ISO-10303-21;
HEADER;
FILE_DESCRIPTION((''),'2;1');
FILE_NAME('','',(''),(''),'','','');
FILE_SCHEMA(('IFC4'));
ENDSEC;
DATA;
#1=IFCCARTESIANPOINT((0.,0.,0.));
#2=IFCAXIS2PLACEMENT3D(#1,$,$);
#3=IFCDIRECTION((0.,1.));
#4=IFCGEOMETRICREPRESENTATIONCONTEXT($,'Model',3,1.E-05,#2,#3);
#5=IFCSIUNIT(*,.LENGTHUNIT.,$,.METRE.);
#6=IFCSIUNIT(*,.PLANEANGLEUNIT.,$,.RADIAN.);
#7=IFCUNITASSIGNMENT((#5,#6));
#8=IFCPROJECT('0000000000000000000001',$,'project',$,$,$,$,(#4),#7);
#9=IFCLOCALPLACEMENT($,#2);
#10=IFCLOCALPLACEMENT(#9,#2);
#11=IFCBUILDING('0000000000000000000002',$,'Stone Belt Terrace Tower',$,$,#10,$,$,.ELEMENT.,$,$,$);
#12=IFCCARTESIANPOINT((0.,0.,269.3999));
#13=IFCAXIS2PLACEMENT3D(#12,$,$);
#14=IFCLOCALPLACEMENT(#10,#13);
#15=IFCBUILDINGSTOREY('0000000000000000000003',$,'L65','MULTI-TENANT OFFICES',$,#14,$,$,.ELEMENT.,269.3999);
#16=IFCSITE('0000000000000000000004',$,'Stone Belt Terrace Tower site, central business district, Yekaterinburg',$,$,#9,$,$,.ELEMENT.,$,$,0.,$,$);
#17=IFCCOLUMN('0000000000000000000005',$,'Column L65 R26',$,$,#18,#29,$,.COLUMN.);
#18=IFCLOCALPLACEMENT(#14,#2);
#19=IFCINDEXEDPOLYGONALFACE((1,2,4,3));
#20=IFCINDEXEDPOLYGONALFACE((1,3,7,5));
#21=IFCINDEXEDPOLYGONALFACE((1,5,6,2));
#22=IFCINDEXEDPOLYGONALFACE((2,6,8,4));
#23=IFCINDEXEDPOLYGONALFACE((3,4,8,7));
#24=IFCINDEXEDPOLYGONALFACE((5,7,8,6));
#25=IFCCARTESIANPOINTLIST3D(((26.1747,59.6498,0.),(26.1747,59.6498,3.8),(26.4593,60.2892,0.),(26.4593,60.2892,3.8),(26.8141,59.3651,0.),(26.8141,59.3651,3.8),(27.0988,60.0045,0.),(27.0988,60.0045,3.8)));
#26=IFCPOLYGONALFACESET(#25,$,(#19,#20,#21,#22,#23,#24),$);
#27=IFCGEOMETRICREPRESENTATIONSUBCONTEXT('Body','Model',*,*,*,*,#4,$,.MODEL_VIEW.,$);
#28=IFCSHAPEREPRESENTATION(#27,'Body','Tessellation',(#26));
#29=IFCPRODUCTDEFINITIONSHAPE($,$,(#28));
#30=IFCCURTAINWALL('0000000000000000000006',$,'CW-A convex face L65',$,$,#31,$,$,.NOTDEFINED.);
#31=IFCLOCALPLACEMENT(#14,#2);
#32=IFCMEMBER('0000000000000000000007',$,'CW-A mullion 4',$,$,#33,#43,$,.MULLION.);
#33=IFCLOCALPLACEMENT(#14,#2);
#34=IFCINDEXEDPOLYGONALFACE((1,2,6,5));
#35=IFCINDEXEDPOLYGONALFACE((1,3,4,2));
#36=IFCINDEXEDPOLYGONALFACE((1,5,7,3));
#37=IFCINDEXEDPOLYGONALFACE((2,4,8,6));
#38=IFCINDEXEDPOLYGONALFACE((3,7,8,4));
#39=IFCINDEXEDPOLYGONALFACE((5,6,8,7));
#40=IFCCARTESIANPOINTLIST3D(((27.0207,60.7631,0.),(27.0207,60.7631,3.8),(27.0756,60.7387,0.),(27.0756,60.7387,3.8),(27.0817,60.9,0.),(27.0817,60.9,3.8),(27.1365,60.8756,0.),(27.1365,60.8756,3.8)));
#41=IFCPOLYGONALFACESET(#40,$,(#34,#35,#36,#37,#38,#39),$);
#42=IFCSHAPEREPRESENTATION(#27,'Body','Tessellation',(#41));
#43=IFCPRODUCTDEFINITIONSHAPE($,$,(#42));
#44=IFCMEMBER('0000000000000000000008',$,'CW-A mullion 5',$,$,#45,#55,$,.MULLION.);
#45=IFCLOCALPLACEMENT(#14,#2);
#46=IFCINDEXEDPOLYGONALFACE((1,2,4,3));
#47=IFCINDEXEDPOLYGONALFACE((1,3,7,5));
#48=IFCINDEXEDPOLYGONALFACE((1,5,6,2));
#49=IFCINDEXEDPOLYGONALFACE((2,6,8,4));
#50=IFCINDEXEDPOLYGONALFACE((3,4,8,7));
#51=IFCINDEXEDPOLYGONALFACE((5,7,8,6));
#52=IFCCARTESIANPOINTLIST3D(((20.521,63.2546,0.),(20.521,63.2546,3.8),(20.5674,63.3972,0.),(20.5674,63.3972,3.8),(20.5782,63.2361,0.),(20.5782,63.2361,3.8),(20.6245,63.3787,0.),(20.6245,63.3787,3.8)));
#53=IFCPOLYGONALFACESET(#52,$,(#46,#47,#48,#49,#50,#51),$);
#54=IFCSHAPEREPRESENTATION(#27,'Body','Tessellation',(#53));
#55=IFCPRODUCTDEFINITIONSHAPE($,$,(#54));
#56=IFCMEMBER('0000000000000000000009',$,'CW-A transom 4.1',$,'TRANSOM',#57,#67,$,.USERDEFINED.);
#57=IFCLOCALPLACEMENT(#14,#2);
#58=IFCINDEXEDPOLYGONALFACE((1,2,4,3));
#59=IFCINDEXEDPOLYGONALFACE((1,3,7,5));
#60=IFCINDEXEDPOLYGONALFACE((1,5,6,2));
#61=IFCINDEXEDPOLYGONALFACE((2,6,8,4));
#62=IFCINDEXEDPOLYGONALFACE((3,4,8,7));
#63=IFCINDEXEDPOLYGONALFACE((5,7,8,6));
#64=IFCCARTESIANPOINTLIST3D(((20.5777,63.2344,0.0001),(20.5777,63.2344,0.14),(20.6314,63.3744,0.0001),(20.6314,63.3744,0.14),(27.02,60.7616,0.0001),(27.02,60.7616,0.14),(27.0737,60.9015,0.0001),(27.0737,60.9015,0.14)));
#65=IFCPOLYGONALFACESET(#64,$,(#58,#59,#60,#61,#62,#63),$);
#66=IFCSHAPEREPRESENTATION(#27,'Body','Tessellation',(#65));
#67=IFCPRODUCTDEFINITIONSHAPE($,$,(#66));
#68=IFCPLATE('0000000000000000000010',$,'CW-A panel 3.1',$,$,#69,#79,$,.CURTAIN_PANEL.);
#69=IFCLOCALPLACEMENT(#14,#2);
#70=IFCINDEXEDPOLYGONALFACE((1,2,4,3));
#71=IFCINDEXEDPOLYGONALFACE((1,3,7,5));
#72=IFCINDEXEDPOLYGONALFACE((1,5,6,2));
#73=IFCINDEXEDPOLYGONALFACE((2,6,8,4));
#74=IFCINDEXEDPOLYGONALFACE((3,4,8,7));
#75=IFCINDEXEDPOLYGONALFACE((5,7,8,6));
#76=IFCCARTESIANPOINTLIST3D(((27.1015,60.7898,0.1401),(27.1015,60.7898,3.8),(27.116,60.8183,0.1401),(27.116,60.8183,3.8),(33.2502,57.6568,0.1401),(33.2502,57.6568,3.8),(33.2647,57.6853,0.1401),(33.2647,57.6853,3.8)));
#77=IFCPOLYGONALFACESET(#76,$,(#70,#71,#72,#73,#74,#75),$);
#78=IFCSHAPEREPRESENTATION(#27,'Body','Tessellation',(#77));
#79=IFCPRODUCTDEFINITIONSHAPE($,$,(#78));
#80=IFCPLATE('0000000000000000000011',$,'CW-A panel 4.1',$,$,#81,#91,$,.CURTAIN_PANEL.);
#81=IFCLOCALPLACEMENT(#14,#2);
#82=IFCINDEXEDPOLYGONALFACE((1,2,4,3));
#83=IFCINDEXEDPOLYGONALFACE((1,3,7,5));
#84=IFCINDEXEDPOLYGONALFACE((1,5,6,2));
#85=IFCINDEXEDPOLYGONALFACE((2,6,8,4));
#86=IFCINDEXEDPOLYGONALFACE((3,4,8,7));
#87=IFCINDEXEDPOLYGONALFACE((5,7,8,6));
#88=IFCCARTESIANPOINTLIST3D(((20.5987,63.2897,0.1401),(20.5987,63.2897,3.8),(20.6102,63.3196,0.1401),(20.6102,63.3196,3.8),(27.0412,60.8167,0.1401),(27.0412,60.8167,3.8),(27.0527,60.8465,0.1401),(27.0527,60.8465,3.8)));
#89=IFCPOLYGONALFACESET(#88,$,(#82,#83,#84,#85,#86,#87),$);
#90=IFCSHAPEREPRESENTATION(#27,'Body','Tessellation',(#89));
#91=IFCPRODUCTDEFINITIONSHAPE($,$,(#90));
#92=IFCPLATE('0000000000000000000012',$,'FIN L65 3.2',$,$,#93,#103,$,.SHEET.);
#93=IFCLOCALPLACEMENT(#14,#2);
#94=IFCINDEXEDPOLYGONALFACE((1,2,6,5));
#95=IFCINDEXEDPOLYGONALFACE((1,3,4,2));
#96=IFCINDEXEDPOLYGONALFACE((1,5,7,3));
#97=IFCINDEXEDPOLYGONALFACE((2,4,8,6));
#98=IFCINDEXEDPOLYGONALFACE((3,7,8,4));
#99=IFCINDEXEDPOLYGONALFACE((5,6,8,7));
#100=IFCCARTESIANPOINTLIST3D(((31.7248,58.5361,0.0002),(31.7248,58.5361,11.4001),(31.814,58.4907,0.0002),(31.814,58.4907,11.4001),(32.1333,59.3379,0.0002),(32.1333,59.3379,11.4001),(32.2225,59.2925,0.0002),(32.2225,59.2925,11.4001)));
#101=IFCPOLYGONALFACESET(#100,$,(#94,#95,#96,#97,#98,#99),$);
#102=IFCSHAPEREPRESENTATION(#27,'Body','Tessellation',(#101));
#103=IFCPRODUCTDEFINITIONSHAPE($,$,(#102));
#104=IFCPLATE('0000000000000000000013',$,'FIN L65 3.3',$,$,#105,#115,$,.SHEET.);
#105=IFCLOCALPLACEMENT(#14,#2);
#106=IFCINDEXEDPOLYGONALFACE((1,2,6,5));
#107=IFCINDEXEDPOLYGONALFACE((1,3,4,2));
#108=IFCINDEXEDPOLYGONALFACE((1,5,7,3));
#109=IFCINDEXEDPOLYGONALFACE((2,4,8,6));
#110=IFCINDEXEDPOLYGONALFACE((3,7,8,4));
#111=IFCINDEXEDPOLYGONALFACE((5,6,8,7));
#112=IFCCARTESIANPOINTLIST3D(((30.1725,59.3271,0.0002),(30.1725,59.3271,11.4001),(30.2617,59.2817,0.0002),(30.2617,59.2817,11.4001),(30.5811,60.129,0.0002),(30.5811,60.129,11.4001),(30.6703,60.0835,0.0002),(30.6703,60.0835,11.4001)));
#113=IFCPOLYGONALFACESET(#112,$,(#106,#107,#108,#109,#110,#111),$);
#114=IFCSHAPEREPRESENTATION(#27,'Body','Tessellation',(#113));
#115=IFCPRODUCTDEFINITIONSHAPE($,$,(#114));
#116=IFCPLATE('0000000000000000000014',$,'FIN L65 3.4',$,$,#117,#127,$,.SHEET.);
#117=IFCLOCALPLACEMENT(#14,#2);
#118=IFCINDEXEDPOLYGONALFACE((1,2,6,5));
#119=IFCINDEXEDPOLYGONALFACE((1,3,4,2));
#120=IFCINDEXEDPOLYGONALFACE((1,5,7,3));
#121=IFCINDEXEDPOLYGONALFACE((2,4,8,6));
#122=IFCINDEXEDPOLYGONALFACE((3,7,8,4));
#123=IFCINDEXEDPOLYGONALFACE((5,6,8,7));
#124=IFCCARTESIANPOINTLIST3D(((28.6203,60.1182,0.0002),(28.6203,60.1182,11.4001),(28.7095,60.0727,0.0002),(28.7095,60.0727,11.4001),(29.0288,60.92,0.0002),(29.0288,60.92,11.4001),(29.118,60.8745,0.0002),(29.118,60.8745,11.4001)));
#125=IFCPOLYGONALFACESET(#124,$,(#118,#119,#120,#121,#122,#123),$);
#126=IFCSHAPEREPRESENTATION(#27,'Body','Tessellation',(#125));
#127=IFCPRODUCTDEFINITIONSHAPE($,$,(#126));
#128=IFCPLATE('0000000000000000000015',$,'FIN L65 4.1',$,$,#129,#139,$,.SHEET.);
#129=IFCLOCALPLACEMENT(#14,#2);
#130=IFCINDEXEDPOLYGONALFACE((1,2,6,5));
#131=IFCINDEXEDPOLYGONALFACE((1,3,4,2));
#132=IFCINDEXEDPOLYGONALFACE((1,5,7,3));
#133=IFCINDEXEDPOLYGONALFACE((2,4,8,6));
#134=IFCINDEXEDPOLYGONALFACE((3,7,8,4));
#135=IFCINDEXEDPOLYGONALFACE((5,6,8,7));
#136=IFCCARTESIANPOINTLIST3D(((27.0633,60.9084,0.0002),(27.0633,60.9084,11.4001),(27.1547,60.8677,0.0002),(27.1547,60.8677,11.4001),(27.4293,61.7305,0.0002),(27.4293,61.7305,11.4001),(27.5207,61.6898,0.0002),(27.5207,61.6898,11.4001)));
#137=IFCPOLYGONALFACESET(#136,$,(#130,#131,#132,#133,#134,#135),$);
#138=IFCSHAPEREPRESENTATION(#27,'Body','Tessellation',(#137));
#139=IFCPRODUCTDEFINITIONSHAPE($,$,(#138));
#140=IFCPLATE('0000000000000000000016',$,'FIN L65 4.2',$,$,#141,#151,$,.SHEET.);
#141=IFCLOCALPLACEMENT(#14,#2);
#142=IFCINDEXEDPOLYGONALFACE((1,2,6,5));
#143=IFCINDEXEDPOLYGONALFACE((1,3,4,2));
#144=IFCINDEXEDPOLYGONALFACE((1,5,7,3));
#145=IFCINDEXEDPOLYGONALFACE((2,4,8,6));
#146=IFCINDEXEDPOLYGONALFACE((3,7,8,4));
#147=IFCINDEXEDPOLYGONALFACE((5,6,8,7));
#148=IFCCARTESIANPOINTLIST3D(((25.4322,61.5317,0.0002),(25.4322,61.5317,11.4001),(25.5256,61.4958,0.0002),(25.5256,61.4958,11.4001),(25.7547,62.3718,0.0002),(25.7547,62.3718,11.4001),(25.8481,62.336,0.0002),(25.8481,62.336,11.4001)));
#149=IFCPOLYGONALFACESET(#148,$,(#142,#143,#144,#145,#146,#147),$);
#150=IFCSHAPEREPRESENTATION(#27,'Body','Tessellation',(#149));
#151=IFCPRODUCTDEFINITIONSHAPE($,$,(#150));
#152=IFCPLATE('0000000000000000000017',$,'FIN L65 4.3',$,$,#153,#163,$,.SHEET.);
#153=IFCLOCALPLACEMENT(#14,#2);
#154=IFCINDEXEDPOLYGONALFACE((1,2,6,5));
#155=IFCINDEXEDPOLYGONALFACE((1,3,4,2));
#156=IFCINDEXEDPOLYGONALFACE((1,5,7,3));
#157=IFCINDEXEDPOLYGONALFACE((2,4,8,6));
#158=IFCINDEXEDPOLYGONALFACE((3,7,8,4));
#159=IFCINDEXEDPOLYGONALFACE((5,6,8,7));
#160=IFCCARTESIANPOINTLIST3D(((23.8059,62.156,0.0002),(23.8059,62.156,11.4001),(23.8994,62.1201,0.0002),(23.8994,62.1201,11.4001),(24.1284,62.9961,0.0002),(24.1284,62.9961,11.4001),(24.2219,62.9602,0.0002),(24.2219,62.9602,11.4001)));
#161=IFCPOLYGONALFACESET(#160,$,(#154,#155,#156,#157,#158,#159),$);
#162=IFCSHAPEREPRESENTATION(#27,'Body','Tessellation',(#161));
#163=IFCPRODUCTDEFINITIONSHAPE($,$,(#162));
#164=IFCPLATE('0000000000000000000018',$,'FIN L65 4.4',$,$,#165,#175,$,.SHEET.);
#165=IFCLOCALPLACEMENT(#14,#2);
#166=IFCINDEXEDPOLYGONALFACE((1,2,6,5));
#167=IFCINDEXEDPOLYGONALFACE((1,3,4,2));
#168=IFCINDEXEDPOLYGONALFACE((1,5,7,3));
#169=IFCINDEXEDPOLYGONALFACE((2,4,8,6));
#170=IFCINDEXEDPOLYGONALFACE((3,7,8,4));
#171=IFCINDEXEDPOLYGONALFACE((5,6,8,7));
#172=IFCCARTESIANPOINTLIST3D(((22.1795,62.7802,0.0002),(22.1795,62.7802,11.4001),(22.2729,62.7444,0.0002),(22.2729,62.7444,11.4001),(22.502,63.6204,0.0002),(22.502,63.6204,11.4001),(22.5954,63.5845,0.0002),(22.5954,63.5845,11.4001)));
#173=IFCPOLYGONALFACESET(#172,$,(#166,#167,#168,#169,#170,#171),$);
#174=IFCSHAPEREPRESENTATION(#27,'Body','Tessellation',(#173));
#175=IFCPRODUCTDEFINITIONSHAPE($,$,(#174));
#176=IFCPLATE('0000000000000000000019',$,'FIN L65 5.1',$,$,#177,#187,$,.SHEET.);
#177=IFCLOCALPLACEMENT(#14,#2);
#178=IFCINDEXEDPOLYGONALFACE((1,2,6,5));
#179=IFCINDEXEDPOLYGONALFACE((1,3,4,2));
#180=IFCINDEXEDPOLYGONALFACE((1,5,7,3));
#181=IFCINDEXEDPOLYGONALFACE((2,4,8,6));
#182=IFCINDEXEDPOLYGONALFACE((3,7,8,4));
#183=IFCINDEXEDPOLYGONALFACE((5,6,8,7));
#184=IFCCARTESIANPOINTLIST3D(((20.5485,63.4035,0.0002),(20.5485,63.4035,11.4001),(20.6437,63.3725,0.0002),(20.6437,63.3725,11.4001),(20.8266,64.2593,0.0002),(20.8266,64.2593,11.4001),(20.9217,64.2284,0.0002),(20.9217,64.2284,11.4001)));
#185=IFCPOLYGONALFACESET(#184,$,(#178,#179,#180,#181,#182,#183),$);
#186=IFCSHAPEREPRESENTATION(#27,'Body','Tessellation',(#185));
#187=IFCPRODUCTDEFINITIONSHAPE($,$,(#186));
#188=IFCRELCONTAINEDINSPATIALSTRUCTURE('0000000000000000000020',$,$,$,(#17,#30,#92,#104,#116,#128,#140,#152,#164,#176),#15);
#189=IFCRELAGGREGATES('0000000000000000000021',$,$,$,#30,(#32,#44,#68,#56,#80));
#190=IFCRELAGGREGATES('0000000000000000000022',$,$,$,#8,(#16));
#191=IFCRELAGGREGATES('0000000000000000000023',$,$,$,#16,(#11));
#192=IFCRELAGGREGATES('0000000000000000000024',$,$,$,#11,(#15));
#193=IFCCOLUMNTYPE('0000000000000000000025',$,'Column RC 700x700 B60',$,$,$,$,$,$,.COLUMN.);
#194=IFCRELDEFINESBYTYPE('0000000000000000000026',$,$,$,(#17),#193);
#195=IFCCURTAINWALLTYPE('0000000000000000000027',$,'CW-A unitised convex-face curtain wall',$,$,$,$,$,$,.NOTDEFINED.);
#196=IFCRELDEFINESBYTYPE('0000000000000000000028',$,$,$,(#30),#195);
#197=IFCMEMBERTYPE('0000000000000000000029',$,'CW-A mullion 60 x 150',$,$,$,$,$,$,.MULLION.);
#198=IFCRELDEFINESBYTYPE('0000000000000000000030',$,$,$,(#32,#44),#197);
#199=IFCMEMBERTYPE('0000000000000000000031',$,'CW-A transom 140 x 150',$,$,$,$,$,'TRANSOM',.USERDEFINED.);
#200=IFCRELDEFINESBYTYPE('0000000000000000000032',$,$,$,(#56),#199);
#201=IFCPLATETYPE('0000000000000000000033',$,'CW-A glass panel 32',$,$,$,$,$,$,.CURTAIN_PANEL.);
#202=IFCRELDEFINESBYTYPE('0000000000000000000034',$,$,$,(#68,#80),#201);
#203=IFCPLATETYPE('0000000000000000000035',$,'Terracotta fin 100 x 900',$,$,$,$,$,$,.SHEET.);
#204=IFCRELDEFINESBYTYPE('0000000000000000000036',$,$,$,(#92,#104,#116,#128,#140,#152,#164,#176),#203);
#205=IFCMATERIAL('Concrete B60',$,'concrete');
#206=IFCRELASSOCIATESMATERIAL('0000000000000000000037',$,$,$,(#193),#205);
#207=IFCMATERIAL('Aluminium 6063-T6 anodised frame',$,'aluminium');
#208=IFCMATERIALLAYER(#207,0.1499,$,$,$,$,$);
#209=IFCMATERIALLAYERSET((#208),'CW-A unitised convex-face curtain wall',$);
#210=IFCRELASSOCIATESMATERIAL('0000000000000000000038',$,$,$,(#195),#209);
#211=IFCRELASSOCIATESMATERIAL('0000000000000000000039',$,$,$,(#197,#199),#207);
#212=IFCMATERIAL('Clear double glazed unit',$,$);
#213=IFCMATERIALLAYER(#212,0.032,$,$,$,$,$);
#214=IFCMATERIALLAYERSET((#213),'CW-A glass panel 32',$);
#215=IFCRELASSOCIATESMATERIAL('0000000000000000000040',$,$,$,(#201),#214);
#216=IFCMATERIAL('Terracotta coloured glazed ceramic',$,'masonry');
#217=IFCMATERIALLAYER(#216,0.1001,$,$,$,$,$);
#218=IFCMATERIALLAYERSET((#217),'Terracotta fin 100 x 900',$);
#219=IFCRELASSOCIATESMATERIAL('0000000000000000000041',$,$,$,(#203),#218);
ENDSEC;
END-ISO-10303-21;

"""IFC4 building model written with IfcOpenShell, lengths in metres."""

from ifc_helpers import new_model, si_unit, direction, frame, origin, origin_2d, place, context, subcontext, project, spatial, rectangle, extrude, material, layer, layer_set, material_profile, profile_set, type_object, element, aggregate, save


model = new_model("IFC4")

# Units and contexts
model_context = context("Model", 3, precision=1e-05, world=origin(), true_north=direction((0.0, 1.0)))
body_context = subcontext(model_context, "Body", "Model", "MODEL_VIEW")
ifc_project = project(units=[si_unit("LENGTHUNIT", "METRE"), si_unit("PLANEANGLEUNIT", "RADIAN")], contexts=[model_context])

# Site, building, storey
site_placement = place(None, origin())
site = spatial("IfcSite", under=ifc_project, at=site_placement, Name="Stone Belt Terrace Tower site, central business district, Yekaterinburg", CompositionType="ELEMENT", RefElevation=0.0)
building_placement = place(site_placement, origin())
building = spatial("IfcBuilding", under=site, at=building_placement, Name="Stone Belt Terrace Tower", CompositionType="ELEMENT")
storey_placement = place(building_placement, frame((0.0, 0.0, 269.3999)))
storey = spatial("IfcBuildingStorey", under=building, at=storey_placement, Name="L65", Description="MULTI-TENANT OFFICES", CompositionType="ELEMENT", Elevation=269.3999)

# Column
ifc_material_1 = material(Name="Concrete B60", Category="concrete")
ifc_material_profile_1 = material_profile(ifc_material_1, rectangle(XDim=0.7, YDim=0.7, at=origin_2d()), Name="RC 700x700")
ifc_profile_set_1 = profile_set([ifc_material_profile_1], Name="Concrete B60")
column_type = type_object("IfcColumnType", Name="Column RC 700x700 B60", PredefinedType="COLUMN", material=ifc_profile_set_1)
column_placement = place(storey_placement, frame((26.6367, 59.8271, 0.0), z_axis=(0.0, 0.0, 1.0), x_axis=(0.913545, -0.406737, 0.0)))
element("IfcColumn", 1, at=column_placement, inside=storey, type_object=column_type, Name="Column L65 R26", PredefinedType="COLUMN", context=body_context, shape_type="SweptSolid", body=[
    extrude(rectangle(XDim=0.7, YDim=0.7, at=origin_2d()), origin(), (0.0, 0.0, 1.0), 3.8),
])

# Curtain wall, members, plates
ifc_material_2 = material(Name="Aluminium 6063-T6 anodised frame", Category="aluminium")
ifc_layer_1 = layer(ifc_material_2, 0.1499)
ifc_layer_set_1 = layer_set([ifc_layer_1], Name="CW-A unitised convex-face curtain wall")
curtain_wall_type = type_object("IfcCurtainWallType", Name="CW-A unitised convex-face curtain wall", PredefinedType="NOTDEFINED", material=ifc_layer_set_1)
curtain_wall_placement = place(storey_placement, origin())
curtain_wall = element("IfcCurtainWall", 2, at=curtain_wall_placement, inside=storey, type_object=curtain_wall_type, Name="CW-A convex face L65", PredefinedType="NOTDEFINED")
ifc_material_profile_2 = material_profile(ifc_material_2, rectangle(XDim=0.1499, YDim=0.0601, at=origin_2d()), Name="Aluminium 6063-T6 60x150")
ifc_profile_set_2 = profile_set([ifc_material_profile_2], Name="Aluminium 6063-T6 anodised frame")
member_type_1 = type_object("IfcMemberType", Name="CW-A mullion 60 x 150", PredefinedType="MULLION", material=ifc_profile_set_2)
member_1_placement = place(storey_placement, frame((27.0786, 60.8193, 0.0), z_axis=(0.0, 0.0, 1.0), x_axis=(-0.406737, -0.913545, 0.0)))
member_1 = element("IfcMember", 3, at=member_1_placement, type_object=member_type_1, Name="CW-A mullion 4", PredefinedType="MULLION", context=body_context, shape_type="SweptSolid", body=[
    extrude(rectangle(XDim=0.1499, YDim=0.0601, at=origin_2d()), origin(), (0.0, 0.0, 1.0), 3.8),
])
member_2_placement = place(storey_placement, frame((20.5728, 63.3167, 0.0), z_axis=(0.0, 0.0, 1.0), x_axis=(-0.309017, -0.951057, 0.0)))
member_2 = element("IfcMember", 4, at=member_2_placement, type_object=member_type_1, Name="CW-A mullion 5", PredefinedType="MULLION", context=body_context, shape_type="SweptSolid", body=[
    extrude(rectangle(XDim=0.1499, YDim=0.0601, at=origin_2d()), origin(), (0.0, 0.0, 1.0), 3.8),
])
ifc_material_profile_3 = material_profile(ifc_material_2, rectangle(XDim=0.1499, YDim=0.1399, at=origin_2d()), Name="Aluminium 6063-T6 150x140")
ifc_profile_set_3 = profile_set([ifc_material_profile_3], Name="Aluminium 6063-T6 anodised frame")
member_type_2 = type_object("IfcMemberType", Name="CW-A transom 140 x 150", ElementType="TRANSOM", PredefinedType="USERDEFINED", material=ifc_profile_set_3)
member_3_placement = place(storey_placement, frame((27.0469, 60.8315, 0.0701), z_axis=(-0.933585, 0.358355, 0.0), x_axis=(-0.358355, -0.933585, 0.0)))
member_3 = element("IfcMember", 5, at=member_3_placement, type_object=member_type_2, Name="CW-A transom 4.1", ObjectType="TRANSOM", PredefinedType="USERDEFINED", context=body_context, shape_type="SweptSolid", body=[
    extrude(rectangle(XDim=0.1499, YDim=0.1399, at=origin_2d()), origin(), (0.0, 0.0, 1.0), 6.9006),
])
ifc_material_3 = material(Name="Clear double glazed unit")
ifc_layer_2 = layer(ifc_material_3, 0.032)
ifc_layer_set_2 = layer_set([ifc_layer_2], Name="CW-A glass panel 32")
plate_type_1 = type_object("IfcPlateType", Name="CW-A glass panel 32", PredefinedType="CURTAIN_PANEL", material=ifc_layer_set_2)
plate_1_placement = place(storey_placement, frame((30.1831, 59.2375, 0.1401), z_axis=(0.0, 0.0, 1.0), x_axis=(-0.891007, 0.45399, 0.0)))
plate_1 = element("IfcPlate", 6, at=plate_1_placement, type_object=plate_type_1, Name="CW-A panel 3.1", PredefinedType="CURTAIN_PANEL", context=body_context, shape_type="SweptSolid", body=[
    extrude(rectangle(XDim=6.9009, YDim=0.032, at=origin_2d()), origin(), (0.0, 0.0, 1.0), 3.6599),
])
plate_2_placement = place(storey_placement, frame((23.8257, 62.0681, 0.1401), z_axis=(0.0, 0.0, 1.0), x_axis=(-0.93358, 0.358368, 0.0)))
plate_2 = element("IfcPlate", 7, at=plate_2_placement, type_object=plate_type_1, Name="CW-A panel 4.1", PredefinedType="CURTAIN_PANEL", context=body_context, shape_type="SweptSolid", body=[
    extrude(rectangle(XDim=6.9009, YDim=0.032, at=origin_2d()), origin(), (0.0, 0.0, 1.0), 3.6599),
])
aggregate(curtain_wall, [member_1, member_2, plate_1, member_3, plate_2])

# Plates
ifc_material_4 = material(Name="Terracotta coloured glazed ceramic", Category="masonry")
ifc_layer_3 = layer(ifc_material_4, 0.1001)
ifc_layer_set_3 = layer_set([ifc_layer_3], Name="Terracotta fin 100 x 900")
plate_type_2 = type_object("IfcPlateType", Name="Terracotta fin 100 x 900", PredefinedType="SHEET", material=ifc_layer_set_3)
for number, where, z_axis, x_axis, name in (
    (8, (31.9736, 58.9143, 0.0002), (0.0, 0.0, 1.0), (0.45399, 0.891007, 0.0), "FIN L65 3.2"),
    (9, (30.4214, 59.7053, 0.0002), (0.0, 0.0, 1.0), (0.45399, 0.891007, 0.0), "FIN L65 3.3"),
    (10, (28.8691, 60.4963, 0.0002), (0.0, 0.0, 1.0), (0.45399, 0.891007, 0.0), "FIN L65 3.4"),
    (11, (27.292, 61.2991, 0.0002), (0.0, 0.0, 1.0), (0.406737, 0.913545, 0.0), "FIN L65 4.1"),
    (12, (25.6401, 61.9338, 0.0002), (0.0, 0.0, 1.0), (0.358368, 0.93358, 0.0), "FIN L65 4.2"),
    (13, (24.0139, 62.5581, 0.0002), (0.0, 0.0, 1.0), (0.358368, 0.93358, 0.0), "FIN L65 4.3"),
    (14, (22.3875, 63.1824, 0.0002), (0.0, 0.0, 1.0), (0.358368, 0.93358, 0.0), "FIN L65 4.4"),
    (15, (20.7351, 63.8159, 0.0002), (0.0, 0.0, 1.0), (0.309017, 0.951057, 0.0), "FIN L65 5.1"),
):
    element("IfcPlate", number, at=place(storey_placement, frame(where, z_axis=z_axis, x_axis=x_axis)), inside=storey, type_object=plate_type_2, Name=name, PredefinedType="SHEET", context=body_context, shape_type="SweptSolid", body=[
        extrude(rectangle(XDim=0.8999, YDim=0.1001, at=origin_2d()), origin(), (0.0, 0.0, 1.0), 11.3999),
    ])

save(model, "model.ifc")
